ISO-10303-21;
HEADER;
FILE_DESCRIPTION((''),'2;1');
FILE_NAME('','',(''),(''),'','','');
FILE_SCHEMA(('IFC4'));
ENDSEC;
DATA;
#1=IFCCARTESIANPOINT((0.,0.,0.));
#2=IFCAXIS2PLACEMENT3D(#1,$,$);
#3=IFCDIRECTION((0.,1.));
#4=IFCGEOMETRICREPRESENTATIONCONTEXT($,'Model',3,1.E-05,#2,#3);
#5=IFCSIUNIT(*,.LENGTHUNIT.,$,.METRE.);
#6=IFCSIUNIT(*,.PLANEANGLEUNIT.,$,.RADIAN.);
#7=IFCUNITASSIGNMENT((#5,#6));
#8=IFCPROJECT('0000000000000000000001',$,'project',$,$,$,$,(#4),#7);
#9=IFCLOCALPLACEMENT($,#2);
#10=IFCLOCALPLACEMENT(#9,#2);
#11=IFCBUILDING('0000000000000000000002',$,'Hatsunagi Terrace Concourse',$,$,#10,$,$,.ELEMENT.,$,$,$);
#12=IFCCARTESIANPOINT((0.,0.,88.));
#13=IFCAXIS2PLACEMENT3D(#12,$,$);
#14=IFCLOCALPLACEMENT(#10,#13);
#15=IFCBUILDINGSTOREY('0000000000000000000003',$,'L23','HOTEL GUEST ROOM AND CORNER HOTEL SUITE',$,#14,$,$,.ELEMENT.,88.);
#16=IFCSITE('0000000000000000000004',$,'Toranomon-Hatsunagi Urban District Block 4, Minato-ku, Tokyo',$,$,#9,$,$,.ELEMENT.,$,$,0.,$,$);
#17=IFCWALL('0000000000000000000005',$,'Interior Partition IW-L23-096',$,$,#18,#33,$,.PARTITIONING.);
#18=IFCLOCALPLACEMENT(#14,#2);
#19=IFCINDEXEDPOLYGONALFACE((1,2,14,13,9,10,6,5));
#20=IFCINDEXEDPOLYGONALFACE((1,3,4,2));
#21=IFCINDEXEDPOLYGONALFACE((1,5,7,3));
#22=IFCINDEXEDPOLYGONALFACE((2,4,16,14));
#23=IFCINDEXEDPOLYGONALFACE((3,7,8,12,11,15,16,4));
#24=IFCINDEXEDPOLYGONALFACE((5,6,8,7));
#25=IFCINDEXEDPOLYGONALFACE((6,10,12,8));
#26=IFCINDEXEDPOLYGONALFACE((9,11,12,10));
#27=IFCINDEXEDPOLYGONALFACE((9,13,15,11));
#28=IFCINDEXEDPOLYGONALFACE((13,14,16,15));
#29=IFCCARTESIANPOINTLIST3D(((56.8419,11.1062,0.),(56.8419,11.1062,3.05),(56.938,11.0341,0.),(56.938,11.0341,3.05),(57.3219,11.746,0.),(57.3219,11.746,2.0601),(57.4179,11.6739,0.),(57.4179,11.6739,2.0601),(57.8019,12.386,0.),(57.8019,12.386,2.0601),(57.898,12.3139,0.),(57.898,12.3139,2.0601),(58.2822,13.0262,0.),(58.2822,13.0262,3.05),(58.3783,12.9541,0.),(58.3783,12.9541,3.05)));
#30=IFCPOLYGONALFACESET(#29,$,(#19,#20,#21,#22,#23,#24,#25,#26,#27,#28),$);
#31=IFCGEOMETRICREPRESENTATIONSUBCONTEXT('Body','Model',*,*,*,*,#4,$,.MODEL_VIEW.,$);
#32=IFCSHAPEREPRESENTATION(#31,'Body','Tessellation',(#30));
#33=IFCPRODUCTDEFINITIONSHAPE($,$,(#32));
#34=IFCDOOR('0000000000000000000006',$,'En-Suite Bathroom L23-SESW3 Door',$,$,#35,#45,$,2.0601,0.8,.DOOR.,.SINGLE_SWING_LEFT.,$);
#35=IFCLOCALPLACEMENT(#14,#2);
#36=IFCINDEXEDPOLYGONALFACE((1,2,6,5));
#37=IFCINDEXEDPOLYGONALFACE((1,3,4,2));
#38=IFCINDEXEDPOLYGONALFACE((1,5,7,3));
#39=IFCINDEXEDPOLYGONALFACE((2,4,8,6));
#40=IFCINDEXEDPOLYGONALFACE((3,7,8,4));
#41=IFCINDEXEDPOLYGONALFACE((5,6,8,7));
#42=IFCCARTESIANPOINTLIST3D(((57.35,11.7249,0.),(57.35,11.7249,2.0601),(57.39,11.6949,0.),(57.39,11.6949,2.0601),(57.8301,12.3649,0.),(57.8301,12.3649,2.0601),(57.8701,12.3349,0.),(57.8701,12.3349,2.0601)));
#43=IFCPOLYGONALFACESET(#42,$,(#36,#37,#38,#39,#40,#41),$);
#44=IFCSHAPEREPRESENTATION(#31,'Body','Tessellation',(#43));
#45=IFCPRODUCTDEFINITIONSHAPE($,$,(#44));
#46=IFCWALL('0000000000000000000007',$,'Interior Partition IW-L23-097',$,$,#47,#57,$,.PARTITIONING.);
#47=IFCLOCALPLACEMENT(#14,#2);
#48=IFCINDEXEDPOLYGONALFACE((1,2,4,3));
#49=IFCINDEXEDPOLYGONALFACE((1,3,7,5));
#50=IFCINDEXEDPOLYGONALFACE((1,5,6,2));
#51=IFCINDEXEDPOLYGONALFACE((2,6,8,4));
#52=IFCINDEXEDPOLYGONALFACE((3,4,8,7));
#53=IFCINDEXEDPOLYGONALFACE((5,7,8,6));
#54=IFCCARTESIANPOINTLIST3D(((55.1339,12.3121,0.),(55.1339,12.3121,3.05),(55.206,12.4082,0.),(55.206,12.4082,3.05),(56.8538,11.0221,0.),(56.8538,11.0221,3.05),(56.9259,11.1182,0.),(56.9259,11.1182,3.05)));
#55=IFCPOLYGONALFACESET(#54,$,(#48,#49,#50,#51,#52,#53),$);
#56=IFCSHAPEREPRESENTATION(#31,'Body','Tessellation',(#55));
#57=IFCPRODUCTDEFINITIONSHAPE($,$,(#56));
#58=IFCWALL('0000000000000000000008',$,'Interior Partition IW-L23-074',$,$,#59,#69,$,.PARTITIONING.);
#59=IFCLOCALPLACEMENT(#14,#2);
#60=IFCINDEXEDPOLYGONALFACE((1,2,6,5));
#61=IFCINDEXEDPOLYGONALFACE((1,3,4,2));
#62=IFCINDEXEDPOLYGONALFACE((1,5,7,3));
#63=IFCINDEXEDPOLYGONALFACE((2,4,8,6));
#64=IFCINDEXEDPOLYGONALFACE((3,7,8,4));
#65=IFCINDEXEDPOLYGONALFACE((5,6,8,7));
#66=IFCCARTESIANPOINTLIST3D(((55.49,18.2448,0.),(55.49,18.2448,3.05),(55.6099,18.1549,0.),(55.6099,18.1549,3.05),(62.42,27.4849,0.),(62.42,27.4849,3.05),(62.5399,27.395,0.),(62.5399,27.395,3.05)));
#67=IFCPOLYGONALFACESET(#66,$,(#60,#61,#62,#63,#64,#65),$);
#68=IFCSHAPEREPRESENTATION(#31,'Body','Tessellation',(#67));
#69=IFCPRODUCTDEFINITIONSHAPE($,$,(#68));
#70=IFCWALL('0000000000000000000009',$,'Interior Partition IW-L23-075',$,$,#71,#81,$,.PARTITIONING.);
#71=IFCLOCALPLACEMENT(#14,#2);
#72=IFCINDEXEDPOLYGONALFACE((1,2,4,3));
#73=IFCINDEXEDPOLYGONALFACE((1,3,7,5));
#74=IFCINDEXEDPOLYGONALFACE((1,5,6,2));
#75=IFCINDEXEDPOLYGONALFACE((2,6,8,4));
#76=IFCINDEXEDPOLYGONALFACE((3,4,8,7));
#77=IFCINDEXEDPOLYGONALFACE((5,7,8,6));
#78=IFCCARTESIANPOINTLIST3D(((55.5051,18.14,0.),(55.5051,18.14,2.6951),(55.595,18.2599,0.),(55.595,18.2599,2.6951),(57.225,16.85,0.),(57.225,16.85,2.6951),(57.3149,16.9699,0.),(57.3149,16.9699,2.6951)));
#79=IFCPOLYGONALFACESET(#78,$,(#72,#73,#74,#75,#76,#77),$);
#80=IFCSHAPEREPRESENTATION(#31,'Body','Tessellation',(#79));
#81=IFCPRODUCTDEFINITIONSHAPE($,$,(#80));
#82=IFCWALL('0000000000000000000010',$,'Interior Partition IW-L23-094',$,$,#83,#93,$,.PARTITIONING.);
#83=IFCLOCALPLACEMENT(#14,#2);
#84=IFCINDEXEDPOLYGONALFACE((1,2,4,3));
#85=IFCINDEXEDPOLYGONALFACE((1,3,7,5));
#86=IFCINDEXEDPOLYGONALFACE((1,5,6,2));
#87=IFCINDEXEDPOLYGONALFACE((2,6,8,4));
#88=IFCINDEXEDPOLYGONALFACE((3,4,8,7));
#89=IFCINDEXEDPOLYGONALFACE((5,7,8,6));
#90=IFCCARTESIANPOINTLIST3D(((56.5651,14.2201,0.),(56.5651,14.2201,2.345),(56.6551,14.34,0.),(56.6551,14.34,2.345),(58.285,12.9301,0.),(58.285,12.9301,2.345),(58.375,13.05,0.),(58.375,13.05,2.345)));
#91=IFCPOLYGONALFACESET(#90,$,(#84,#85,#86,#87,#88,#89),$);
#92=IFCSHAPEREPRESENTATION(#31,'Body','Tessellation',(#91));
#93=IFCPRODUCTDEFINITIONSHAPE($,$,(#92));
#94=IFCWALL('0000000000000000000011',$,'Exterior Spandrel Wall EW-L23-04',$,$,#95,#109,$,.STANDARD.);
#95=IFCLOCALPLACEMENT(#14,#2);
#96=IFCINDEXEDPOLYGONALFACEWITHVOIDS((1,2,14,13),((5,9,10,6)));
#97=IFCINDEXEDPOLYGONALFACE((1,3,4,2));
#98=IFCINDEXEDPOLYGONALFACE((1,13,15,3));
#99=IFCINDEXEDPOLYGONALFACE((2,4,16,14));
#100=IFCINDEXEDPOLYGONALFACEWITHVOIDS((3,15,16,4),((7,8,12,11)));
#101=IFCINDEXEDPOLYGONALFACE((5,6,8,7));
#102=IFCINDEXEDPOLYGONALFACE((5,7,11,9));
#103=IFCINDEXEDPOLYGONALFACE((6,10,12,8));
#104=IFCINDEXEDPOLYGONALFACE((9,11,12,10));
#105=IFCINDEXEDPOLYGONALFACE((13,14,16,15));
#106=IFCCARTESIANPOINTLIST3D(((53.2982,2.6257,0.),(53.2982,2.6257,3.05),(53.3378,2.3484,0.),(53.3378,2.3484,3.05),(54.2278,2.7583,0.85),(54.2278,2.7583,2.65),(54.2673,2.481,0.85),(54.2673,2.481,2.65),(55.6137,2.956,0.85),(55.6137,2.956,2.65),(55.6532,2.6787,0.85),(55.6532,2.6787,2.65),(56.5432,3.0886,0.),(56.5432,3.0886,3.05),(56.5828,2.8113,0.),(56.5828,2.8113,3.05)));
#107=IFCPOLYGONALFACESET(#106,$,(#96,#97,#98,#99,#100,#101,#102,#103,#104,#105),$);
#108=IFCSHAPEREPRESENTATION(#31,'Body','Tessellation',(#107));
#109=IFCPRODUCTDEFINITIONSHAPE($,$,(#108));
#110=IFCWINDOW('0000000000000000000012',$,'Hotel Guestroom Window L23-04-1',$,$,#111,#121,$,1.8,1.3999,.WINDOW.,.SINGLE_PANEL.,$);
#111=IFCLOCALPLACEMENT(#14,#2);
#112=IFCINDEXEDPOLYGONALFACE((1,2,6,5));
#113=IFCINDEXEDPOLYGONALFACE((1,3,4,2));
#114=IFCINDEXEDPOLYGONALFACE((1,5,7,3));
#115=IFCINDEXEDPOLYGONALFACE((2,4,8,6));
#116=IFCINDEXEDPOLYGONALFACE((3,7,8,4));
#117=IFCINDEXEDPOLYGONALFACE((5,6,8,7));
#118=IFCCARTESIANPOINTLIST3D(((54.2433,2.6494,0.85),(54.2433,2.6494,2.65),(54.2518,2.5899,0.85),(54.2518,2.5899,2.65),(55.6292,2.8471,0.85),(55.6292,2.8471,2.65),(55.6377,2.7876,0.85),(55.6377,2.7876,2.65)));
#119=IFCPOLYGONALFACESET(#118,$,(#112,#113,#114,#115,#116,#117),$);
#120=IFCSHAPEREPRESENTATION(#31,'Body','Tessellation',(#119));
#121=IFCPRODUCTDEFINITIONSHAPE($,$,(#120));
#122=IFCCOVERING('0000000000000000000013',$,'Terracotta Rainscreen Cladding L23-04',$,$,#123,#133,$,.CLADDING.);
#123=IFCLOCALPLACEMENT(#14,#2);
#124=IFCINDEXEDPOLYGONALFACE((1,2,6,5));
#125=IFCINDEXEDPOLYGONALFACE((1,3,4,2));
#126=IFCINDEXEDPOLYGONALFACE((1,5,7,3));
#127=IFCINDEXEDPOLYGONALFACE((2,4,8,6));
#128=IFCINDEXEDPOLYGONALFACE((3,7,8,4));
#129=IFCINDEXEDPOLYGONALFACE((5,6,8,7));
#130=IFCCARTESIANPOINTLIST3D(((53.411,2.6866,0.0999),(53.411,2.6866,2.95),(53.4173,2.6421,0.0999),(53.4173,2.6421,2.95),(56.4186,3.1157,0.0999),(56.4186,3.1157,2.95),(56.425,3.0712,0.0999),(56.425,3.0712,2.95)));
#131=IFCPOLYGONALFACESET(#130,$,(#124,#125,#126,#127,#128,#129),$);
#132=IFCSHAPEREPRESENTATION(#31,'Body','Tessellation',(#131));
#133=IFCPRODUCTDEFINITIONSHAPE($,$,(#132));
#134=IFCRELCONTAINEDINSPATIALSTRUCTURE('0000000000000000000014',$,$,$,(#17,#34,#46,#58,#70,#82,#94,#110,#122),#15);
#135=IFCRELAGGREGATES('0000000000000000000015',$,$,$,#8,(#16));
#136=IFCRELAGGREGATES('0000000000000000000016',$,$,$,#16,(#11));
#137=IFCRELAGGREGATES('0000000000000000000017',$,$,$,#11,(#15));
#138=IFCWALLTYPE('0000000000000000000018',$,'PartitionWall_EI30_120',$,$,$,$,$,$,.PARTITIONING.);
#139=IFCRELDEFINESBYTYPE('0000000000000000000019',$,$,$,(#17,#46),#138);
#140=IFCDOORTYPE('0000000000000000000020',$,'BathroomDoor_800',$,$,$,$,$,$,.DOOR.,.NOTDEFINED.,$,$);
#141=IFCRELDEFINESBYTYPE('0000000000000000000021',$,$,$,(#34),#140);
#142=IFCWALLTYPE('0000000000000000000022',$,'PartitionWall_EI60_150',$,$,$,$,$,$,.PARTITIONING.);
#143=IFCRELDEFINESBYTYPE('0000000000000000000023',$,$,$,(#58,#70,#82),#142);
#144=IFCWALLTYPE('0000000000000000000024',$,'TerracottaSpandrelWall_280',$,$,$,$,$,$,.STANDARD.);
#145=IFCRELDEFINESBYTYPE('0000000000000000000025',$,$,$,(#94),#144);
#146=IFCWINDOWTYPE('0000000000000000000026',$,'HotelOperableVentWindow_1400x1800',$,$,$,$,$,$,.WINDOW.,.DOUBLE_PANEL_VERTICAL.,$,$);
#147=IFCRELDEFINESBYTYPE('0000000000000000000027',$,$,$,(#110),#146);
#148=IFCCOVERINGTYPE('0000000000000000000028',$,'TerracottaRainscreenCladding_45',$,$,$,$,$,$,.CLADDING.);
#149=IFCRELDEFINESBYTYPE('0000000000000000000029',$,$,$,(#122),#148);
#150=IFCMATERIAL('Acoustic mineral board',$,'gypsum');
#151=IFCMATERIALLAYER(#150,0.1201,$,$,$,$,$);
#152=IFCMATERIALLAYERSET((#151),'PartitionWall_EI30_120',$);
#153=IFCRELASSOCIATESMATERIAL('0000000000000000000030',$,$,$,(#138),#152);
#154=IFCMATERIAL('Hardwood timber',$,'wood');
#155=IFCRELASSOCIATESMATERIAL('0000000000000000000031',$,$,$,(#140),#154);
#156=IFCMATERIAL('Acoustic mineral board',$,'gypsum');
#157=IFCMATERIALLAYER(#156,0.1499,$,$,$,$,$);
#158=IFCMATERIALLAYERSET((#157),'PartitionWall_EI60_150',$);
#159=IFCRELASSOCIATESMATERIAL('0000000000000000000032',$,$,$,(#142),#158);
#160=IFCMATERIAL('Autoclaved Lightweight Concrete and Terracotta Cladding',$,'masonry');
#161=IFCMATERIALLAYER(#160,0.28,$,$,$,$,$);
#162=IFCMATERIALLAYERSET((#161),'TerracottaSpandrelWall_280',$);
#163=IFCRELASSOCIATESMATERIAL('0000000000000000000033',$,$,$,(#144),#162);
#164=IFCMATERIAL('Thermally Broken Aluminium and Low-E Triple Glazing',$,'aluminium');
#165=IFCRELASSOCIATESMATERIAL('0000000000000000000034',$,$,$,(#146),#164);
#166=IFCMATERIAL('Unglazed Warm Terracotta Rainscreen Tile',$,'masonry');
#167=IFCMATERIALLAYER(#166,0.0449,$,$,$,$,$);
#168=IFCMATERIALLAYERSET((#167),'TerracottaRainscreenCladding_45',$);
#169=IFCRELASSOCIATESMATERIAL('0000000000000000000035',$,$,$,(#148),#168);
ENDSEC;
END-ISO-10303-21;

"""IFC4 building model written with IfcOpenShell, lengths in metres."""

from ifc_helpers import new_model, si_unit, direction, frame, frame_2d, origin, origin_2d, place, context, subcontext, project, spatial, rectangle, extrude, material, layer, layer_set, type_object, element, fill, save


model = new_model("IFC4")

# Units and contexts
model_context = context("Model", 3, precision=1e-05, world=origin(), true_north=direction((0.0, 1.0)))
body_context = subcontext(model_context, "Body", "Model", "MODEL_VIEW")
ifc_project = project(units=[si_unit("LENGTHUNIT", "METRE"), si_unit("PLANEANGLEUNIT", "RADIAN")], contexts=[model_context])

# Site, building, storey
site_placement = place(None, origin())
site = spatial("IfcSite", under=ifc_project, at=site_placement, Name="Toranomon-Hatsunagi Urban District Block 4, Minato-ku, Tokyo", CompositionType="ELEMENT", RefElevation=0.0)
building_placement = place(site_placement, origin())
building = spatial("IfcBuilding", under=site, at=building_placement, Name="Hatsunagi Terrace Concourse", CompositionType="ELEMENT")
storey_placement = place(building_placement, frame((0.0, 0.0, 88.0)))
storey = spatial("IfcBuildingStorey", under=building, at=storey_placement, Name="L23", Description="HOTEL GUEST ROOM AND CORNER HOTEL SUITE", CompositionType="ELEMENT", Elevation=88.0)

# Wall, opening, door
ifc_material_1 = material(Name="Acoustic mineral board", Category="gypsum")
ifc_layer_1 = layer(ifc_material_1, 0.1201)
ifc_layer_set_1 = layer_set([ifc_layer_1], Name="PartitionWall_EI30_120")
wall_type_1 = type_object("IfcWallType", Name="PartitionWall_EI30_120", PredefinedType="PARTITIONING", material=ifc_layer_set_1)
ifc_material_2 = material(Name="Hardwood timber", Category="wood")
door_type_1 = type_object("IfcDoorType", Name="BathroomDoor_800", OperationType="NOTDEFINED", PredefinedType="DOOR", material=ifc_material_2)
wall_1_placement = place(storey_placement, frame((56.8899, 11.0701, 0.0), z_axis=(0.0, 0.0, 1.0), x_axis=(0.600065, 0.799951, 0.0)))
wall_1 = element("IfcWall", 1, at=wall_1_placement, inside=storey, type_object=wall_type_1, Name="Interior Partition IW-L23-096", PredefinedType="PARTITIONING", context=body_context, shape_type="SweptSolid", body=[
    extrude(rectangle(XDim=2.4001, YDim=0.1201, at=frame_2d((1.2002, 0.0))), origin(), (0.0, 0.0, 1.0), 3.05),
])
opening_1_placement = place(wall_1_placement, frame((0.8, 0.0, 0.0)))
opening_1 = element("IfcOpeningElement", 2, at=opening_1_placement, cuts=wall_1, PredefinedType="OPENING", context=body_context, shape_type="SweptSolid", body=[
    extrude(rectangle(XDim=0.8, YDim=2.0601, at=frame_2d((0.3999, 1.03))), frame((0.0, 0.0701, 0.0), z_axis=(0.0, -1.0, 0.0), x_axis=(1.0, 0.0, 0.0)), (0.0, 0.0, 1.0), 0.1401),
])
door_1_placement = place(opening_1_placement, origin())
door_1 = element("IfcDoor", 3, at=door_1_placement, inside=storey, type_object=door_type_1, Name="En-Suite Bathroom L23-SESW3 Door", OperationType="SINGLE_SWING_LEFT", OverallHeight=2.0601, OverallWidth=0.8, PredefinedType="DOOR", context=body_context, shape_type="SweptSolid", body=[
    extrude(rectangle(XDim=0.8, YDim=2.0601, at=frame_2d((0.3999, 1.03))), frame((0.0, 0.0249, 0.0), z_axis=(0.0, -1.0, 0.0), x_axis=(1.0, 0.0, 0.0)), (0.0, 0.0, 1.0), 0.05),
])
fill(opening_1, door_1)

# Walls
wall_2_placement = place(storey_placement, frame((55.1699, 12.3601, 0.0), z_axis=(0.0, 0.0, 1.0), x_axis=(0.799986, -0.600018, 0.0)))
element("IfcWall", 4, at=wall_2_placement, inside=storey, type_object=wall_type_1, Name="Interior Partition IW-L23-097", PredefinedType="PARTITIONING", context=body_context, shape_type="SweptSolid", body=[
    extrude(rectangle(XDim=2.1499, YDim=0.1201, at=frame_2d((1.075, 0.0))), origin(), (0.0, 0.0, 1.0), 3.05),
])
ifc_material_3 = material(Name="Acoustic mineral board", Category="gypsum")
ifc_layer_2 = layer(ifc_material_3, 0.1499)
ifc_layer_set_2 = layer_set([ifc_layer_2], Name="PartitionWall_EI60_150")
wall_type_2 = type_object("IfcWallType", Name="PartitionWall_EI60_150", PredefinedType="PARTITIONING", material=ifc_layer_set_2)
wall_3_placement = place(storey_placement, frame((55.55, 18.2, 0.0), z_axis=(0.0, 0.0, 1.0), x_axis=(0.599997, 0.800003, 0.0)))
element("IfcWall", 5, at=wall_3_placement, inside=storey, type_object=wall_type_2, Name="Interior Partition IW-L23-074", PredefinedType="PARTITIONING", context=body_context, shape_type="SweptSolid", body=[
    extrude(rectangle(XDim=11.55, YDim=0.1499, at=frame_2d((5.7749, 0.0))), origin(), (0.0, 0.0, 1.0), 3.05),
])
wall_4_placement = place(storey_placement, frame((55.55, 18.2, 0.0), z_axis=(0.0, 0.0, 1.0), x_axis=(0.799986, -0.600018, 0.0)))
element("IfcWall", 6, at=wall_4_placement, inside=storey, type_object=wall_type_2, Name="Interior Partition IW-L23-075", PredefinedType="PARTITIONING", context=body_context, shape_type="SweptSolid", body=[
    extrude(rectangle(XDim=2.1499, YDim=0.1499, at=frame_2d((1.075, 0.0))), origin(), (0.0, 0.0, 1.0), 2.6951),
])

# Wall
wall_5_placement = place(storey_placement, frame((56.6101, 14.28, 0.0), z_axis=(0.0, 0.0, 1.0), x_axis=(0.799986, -0.600018, 0.0)))
element("IfcWall", 7, at=wall_5_placement, inside=storey, type_object=wall_type_2, Name="Interior Partition IW-L23-094", PredefinedType="PARTITIONING", context=body_context, shape_type="SweptSolid", body=[
    extrude(rectangle(XDim=2.1499, YDim=0.1499, at=frame_2d((1.075, 0.0))), origin(), (0.0, 0.0, 1.0), 2.345),
])

# Wall, opening, window
ifc_material_4 = material(Name="Autoclaved Lightweight Concrete and Terracotta Cladding", Category="masonry")
ifc_layer_3 = layer(ifc_material_4, 0.28)
ifc_layer_set_3 = layer_set([ifc_layer_3], Name="TerracottaSpandrelWall_280")
wall_type_3 = type_object("IfcWallType", Name="TerracottaSpandrelWall_280", PredefinedType="STANDARD", material=ifc_layer_set_3)
wall_6_placement = place(storey_placement, frame((56.563, 2.95, 0.0), z_axis=(0.0, 0.0, 1.0), x_axis=(-0.989978, -0.141223, 0.0)))
wall_6 = element("IfcWall", 8, at=wall_6_placement, inside=storey, type_object=wall_type_3, Name="Exterior Spandrel Wall EW-L23-04", PredefinedType="STANDARD", context=body_context, shape_type="SweptSolid", body=[
    extrude(rectangle(XDim=3.2778, YDim=0.28, at=frame_2d((1.6389, 0.0))), origin(), (0.0, 0.0, 1.0), 3.05),
])
opening_2_placement = place(wall_6_placement, frame((0.939, 0.0, 0.8501)))
opening_2 = element("IfcOpeningElement", 9, at=opening_2_placement, cuts=wall_6, PredefinedType="OPENING", context=body_context, shape_type="SweptSolid", body=[
    extrude(rectangle(XDim=1.3999, YDim=1.8, at=frame_2d((0.7, 0.8999))), frame((0.0, 0.1499, 0.0), z_axis=(0.0, -1.0, 0.0), x_axis=(1.0, 0.0, 0.0)), (0.0, 0.0, 1.0), 0.3),
])
ifc_material_5 = material(Name="Thermally Broken Aluminium and Low-E Triple Glazing", Category="aluminium")
window_type = type_object("IfcWindowType", Name="HotelOperableVentWindow_1400x1800", PartitioningType="DOUBLE_PANEL_VERTICAL", PredefinedType="WINDOW", material=ifc_material_5)
window_placement = place(opening_2_placement, origin())
window = element("IfcWindow", 10, at=window_placement, inside=storey, type_object=window_type, Name="Hotel Guestroom Window L23-04-1", OverallHeight=1.8, OverallWidth=1.3999, PartitioningType="SINGLE_PANEL", PredefinedType="WINDOW", context=body_context, shape_type="SweptSolid", body=[
    extrude(rectangle(XDim=1.3999, YDim=1.8, at=frame_2d((0.7, 0.8999))), frame((0.0, 0.03, 0.0), z_axis=(0.0, -1.0, 0.0), x_axis=(1.0, 0.0, 0.0)), (0.0, 0.0, 1.0), 0.0601),
])
fill(opening_2, window)

# Covering
ifc_material_6 = material(Name="Unglazed Warm Terracotta Rainscreen Tile", Category="masonry")
ifc_layer_4 = layer(ifc_material_6, 0.0449)
ifc_layer_set_4 = layer_set([ifc_layer_4], Name="TerracottaRainscreenCladding_45")
covering_type = type_object("IfcCoveringType", Name="TerracottaRainscreenCladding_45", PredefinedType="CLADDING", material=ifc_layer_set_4)
covering_placement = place(storey_placement, frame((54.918, 2.8789, 0.0999), z_axis=(0.0, 0.0, 1.0), x_axis=(-0.989974, -0.14125, 0.0)))
element("IfcCovering", 11, at=covering_placement, inside=storey, type_object=covering_type, Name="Terracotta Rainscreen Cladding L23-04", PredefinedType="CLADDING", context=body_context, shape_type="SweptSolid", body=[
    extrude(rectangle(XDim=3.0381, YDim=0.0449, at=origin_2d()), origin(), (0.0, 0.0, 1.0), 2.8501),
])

save(model, "model.ifc")
